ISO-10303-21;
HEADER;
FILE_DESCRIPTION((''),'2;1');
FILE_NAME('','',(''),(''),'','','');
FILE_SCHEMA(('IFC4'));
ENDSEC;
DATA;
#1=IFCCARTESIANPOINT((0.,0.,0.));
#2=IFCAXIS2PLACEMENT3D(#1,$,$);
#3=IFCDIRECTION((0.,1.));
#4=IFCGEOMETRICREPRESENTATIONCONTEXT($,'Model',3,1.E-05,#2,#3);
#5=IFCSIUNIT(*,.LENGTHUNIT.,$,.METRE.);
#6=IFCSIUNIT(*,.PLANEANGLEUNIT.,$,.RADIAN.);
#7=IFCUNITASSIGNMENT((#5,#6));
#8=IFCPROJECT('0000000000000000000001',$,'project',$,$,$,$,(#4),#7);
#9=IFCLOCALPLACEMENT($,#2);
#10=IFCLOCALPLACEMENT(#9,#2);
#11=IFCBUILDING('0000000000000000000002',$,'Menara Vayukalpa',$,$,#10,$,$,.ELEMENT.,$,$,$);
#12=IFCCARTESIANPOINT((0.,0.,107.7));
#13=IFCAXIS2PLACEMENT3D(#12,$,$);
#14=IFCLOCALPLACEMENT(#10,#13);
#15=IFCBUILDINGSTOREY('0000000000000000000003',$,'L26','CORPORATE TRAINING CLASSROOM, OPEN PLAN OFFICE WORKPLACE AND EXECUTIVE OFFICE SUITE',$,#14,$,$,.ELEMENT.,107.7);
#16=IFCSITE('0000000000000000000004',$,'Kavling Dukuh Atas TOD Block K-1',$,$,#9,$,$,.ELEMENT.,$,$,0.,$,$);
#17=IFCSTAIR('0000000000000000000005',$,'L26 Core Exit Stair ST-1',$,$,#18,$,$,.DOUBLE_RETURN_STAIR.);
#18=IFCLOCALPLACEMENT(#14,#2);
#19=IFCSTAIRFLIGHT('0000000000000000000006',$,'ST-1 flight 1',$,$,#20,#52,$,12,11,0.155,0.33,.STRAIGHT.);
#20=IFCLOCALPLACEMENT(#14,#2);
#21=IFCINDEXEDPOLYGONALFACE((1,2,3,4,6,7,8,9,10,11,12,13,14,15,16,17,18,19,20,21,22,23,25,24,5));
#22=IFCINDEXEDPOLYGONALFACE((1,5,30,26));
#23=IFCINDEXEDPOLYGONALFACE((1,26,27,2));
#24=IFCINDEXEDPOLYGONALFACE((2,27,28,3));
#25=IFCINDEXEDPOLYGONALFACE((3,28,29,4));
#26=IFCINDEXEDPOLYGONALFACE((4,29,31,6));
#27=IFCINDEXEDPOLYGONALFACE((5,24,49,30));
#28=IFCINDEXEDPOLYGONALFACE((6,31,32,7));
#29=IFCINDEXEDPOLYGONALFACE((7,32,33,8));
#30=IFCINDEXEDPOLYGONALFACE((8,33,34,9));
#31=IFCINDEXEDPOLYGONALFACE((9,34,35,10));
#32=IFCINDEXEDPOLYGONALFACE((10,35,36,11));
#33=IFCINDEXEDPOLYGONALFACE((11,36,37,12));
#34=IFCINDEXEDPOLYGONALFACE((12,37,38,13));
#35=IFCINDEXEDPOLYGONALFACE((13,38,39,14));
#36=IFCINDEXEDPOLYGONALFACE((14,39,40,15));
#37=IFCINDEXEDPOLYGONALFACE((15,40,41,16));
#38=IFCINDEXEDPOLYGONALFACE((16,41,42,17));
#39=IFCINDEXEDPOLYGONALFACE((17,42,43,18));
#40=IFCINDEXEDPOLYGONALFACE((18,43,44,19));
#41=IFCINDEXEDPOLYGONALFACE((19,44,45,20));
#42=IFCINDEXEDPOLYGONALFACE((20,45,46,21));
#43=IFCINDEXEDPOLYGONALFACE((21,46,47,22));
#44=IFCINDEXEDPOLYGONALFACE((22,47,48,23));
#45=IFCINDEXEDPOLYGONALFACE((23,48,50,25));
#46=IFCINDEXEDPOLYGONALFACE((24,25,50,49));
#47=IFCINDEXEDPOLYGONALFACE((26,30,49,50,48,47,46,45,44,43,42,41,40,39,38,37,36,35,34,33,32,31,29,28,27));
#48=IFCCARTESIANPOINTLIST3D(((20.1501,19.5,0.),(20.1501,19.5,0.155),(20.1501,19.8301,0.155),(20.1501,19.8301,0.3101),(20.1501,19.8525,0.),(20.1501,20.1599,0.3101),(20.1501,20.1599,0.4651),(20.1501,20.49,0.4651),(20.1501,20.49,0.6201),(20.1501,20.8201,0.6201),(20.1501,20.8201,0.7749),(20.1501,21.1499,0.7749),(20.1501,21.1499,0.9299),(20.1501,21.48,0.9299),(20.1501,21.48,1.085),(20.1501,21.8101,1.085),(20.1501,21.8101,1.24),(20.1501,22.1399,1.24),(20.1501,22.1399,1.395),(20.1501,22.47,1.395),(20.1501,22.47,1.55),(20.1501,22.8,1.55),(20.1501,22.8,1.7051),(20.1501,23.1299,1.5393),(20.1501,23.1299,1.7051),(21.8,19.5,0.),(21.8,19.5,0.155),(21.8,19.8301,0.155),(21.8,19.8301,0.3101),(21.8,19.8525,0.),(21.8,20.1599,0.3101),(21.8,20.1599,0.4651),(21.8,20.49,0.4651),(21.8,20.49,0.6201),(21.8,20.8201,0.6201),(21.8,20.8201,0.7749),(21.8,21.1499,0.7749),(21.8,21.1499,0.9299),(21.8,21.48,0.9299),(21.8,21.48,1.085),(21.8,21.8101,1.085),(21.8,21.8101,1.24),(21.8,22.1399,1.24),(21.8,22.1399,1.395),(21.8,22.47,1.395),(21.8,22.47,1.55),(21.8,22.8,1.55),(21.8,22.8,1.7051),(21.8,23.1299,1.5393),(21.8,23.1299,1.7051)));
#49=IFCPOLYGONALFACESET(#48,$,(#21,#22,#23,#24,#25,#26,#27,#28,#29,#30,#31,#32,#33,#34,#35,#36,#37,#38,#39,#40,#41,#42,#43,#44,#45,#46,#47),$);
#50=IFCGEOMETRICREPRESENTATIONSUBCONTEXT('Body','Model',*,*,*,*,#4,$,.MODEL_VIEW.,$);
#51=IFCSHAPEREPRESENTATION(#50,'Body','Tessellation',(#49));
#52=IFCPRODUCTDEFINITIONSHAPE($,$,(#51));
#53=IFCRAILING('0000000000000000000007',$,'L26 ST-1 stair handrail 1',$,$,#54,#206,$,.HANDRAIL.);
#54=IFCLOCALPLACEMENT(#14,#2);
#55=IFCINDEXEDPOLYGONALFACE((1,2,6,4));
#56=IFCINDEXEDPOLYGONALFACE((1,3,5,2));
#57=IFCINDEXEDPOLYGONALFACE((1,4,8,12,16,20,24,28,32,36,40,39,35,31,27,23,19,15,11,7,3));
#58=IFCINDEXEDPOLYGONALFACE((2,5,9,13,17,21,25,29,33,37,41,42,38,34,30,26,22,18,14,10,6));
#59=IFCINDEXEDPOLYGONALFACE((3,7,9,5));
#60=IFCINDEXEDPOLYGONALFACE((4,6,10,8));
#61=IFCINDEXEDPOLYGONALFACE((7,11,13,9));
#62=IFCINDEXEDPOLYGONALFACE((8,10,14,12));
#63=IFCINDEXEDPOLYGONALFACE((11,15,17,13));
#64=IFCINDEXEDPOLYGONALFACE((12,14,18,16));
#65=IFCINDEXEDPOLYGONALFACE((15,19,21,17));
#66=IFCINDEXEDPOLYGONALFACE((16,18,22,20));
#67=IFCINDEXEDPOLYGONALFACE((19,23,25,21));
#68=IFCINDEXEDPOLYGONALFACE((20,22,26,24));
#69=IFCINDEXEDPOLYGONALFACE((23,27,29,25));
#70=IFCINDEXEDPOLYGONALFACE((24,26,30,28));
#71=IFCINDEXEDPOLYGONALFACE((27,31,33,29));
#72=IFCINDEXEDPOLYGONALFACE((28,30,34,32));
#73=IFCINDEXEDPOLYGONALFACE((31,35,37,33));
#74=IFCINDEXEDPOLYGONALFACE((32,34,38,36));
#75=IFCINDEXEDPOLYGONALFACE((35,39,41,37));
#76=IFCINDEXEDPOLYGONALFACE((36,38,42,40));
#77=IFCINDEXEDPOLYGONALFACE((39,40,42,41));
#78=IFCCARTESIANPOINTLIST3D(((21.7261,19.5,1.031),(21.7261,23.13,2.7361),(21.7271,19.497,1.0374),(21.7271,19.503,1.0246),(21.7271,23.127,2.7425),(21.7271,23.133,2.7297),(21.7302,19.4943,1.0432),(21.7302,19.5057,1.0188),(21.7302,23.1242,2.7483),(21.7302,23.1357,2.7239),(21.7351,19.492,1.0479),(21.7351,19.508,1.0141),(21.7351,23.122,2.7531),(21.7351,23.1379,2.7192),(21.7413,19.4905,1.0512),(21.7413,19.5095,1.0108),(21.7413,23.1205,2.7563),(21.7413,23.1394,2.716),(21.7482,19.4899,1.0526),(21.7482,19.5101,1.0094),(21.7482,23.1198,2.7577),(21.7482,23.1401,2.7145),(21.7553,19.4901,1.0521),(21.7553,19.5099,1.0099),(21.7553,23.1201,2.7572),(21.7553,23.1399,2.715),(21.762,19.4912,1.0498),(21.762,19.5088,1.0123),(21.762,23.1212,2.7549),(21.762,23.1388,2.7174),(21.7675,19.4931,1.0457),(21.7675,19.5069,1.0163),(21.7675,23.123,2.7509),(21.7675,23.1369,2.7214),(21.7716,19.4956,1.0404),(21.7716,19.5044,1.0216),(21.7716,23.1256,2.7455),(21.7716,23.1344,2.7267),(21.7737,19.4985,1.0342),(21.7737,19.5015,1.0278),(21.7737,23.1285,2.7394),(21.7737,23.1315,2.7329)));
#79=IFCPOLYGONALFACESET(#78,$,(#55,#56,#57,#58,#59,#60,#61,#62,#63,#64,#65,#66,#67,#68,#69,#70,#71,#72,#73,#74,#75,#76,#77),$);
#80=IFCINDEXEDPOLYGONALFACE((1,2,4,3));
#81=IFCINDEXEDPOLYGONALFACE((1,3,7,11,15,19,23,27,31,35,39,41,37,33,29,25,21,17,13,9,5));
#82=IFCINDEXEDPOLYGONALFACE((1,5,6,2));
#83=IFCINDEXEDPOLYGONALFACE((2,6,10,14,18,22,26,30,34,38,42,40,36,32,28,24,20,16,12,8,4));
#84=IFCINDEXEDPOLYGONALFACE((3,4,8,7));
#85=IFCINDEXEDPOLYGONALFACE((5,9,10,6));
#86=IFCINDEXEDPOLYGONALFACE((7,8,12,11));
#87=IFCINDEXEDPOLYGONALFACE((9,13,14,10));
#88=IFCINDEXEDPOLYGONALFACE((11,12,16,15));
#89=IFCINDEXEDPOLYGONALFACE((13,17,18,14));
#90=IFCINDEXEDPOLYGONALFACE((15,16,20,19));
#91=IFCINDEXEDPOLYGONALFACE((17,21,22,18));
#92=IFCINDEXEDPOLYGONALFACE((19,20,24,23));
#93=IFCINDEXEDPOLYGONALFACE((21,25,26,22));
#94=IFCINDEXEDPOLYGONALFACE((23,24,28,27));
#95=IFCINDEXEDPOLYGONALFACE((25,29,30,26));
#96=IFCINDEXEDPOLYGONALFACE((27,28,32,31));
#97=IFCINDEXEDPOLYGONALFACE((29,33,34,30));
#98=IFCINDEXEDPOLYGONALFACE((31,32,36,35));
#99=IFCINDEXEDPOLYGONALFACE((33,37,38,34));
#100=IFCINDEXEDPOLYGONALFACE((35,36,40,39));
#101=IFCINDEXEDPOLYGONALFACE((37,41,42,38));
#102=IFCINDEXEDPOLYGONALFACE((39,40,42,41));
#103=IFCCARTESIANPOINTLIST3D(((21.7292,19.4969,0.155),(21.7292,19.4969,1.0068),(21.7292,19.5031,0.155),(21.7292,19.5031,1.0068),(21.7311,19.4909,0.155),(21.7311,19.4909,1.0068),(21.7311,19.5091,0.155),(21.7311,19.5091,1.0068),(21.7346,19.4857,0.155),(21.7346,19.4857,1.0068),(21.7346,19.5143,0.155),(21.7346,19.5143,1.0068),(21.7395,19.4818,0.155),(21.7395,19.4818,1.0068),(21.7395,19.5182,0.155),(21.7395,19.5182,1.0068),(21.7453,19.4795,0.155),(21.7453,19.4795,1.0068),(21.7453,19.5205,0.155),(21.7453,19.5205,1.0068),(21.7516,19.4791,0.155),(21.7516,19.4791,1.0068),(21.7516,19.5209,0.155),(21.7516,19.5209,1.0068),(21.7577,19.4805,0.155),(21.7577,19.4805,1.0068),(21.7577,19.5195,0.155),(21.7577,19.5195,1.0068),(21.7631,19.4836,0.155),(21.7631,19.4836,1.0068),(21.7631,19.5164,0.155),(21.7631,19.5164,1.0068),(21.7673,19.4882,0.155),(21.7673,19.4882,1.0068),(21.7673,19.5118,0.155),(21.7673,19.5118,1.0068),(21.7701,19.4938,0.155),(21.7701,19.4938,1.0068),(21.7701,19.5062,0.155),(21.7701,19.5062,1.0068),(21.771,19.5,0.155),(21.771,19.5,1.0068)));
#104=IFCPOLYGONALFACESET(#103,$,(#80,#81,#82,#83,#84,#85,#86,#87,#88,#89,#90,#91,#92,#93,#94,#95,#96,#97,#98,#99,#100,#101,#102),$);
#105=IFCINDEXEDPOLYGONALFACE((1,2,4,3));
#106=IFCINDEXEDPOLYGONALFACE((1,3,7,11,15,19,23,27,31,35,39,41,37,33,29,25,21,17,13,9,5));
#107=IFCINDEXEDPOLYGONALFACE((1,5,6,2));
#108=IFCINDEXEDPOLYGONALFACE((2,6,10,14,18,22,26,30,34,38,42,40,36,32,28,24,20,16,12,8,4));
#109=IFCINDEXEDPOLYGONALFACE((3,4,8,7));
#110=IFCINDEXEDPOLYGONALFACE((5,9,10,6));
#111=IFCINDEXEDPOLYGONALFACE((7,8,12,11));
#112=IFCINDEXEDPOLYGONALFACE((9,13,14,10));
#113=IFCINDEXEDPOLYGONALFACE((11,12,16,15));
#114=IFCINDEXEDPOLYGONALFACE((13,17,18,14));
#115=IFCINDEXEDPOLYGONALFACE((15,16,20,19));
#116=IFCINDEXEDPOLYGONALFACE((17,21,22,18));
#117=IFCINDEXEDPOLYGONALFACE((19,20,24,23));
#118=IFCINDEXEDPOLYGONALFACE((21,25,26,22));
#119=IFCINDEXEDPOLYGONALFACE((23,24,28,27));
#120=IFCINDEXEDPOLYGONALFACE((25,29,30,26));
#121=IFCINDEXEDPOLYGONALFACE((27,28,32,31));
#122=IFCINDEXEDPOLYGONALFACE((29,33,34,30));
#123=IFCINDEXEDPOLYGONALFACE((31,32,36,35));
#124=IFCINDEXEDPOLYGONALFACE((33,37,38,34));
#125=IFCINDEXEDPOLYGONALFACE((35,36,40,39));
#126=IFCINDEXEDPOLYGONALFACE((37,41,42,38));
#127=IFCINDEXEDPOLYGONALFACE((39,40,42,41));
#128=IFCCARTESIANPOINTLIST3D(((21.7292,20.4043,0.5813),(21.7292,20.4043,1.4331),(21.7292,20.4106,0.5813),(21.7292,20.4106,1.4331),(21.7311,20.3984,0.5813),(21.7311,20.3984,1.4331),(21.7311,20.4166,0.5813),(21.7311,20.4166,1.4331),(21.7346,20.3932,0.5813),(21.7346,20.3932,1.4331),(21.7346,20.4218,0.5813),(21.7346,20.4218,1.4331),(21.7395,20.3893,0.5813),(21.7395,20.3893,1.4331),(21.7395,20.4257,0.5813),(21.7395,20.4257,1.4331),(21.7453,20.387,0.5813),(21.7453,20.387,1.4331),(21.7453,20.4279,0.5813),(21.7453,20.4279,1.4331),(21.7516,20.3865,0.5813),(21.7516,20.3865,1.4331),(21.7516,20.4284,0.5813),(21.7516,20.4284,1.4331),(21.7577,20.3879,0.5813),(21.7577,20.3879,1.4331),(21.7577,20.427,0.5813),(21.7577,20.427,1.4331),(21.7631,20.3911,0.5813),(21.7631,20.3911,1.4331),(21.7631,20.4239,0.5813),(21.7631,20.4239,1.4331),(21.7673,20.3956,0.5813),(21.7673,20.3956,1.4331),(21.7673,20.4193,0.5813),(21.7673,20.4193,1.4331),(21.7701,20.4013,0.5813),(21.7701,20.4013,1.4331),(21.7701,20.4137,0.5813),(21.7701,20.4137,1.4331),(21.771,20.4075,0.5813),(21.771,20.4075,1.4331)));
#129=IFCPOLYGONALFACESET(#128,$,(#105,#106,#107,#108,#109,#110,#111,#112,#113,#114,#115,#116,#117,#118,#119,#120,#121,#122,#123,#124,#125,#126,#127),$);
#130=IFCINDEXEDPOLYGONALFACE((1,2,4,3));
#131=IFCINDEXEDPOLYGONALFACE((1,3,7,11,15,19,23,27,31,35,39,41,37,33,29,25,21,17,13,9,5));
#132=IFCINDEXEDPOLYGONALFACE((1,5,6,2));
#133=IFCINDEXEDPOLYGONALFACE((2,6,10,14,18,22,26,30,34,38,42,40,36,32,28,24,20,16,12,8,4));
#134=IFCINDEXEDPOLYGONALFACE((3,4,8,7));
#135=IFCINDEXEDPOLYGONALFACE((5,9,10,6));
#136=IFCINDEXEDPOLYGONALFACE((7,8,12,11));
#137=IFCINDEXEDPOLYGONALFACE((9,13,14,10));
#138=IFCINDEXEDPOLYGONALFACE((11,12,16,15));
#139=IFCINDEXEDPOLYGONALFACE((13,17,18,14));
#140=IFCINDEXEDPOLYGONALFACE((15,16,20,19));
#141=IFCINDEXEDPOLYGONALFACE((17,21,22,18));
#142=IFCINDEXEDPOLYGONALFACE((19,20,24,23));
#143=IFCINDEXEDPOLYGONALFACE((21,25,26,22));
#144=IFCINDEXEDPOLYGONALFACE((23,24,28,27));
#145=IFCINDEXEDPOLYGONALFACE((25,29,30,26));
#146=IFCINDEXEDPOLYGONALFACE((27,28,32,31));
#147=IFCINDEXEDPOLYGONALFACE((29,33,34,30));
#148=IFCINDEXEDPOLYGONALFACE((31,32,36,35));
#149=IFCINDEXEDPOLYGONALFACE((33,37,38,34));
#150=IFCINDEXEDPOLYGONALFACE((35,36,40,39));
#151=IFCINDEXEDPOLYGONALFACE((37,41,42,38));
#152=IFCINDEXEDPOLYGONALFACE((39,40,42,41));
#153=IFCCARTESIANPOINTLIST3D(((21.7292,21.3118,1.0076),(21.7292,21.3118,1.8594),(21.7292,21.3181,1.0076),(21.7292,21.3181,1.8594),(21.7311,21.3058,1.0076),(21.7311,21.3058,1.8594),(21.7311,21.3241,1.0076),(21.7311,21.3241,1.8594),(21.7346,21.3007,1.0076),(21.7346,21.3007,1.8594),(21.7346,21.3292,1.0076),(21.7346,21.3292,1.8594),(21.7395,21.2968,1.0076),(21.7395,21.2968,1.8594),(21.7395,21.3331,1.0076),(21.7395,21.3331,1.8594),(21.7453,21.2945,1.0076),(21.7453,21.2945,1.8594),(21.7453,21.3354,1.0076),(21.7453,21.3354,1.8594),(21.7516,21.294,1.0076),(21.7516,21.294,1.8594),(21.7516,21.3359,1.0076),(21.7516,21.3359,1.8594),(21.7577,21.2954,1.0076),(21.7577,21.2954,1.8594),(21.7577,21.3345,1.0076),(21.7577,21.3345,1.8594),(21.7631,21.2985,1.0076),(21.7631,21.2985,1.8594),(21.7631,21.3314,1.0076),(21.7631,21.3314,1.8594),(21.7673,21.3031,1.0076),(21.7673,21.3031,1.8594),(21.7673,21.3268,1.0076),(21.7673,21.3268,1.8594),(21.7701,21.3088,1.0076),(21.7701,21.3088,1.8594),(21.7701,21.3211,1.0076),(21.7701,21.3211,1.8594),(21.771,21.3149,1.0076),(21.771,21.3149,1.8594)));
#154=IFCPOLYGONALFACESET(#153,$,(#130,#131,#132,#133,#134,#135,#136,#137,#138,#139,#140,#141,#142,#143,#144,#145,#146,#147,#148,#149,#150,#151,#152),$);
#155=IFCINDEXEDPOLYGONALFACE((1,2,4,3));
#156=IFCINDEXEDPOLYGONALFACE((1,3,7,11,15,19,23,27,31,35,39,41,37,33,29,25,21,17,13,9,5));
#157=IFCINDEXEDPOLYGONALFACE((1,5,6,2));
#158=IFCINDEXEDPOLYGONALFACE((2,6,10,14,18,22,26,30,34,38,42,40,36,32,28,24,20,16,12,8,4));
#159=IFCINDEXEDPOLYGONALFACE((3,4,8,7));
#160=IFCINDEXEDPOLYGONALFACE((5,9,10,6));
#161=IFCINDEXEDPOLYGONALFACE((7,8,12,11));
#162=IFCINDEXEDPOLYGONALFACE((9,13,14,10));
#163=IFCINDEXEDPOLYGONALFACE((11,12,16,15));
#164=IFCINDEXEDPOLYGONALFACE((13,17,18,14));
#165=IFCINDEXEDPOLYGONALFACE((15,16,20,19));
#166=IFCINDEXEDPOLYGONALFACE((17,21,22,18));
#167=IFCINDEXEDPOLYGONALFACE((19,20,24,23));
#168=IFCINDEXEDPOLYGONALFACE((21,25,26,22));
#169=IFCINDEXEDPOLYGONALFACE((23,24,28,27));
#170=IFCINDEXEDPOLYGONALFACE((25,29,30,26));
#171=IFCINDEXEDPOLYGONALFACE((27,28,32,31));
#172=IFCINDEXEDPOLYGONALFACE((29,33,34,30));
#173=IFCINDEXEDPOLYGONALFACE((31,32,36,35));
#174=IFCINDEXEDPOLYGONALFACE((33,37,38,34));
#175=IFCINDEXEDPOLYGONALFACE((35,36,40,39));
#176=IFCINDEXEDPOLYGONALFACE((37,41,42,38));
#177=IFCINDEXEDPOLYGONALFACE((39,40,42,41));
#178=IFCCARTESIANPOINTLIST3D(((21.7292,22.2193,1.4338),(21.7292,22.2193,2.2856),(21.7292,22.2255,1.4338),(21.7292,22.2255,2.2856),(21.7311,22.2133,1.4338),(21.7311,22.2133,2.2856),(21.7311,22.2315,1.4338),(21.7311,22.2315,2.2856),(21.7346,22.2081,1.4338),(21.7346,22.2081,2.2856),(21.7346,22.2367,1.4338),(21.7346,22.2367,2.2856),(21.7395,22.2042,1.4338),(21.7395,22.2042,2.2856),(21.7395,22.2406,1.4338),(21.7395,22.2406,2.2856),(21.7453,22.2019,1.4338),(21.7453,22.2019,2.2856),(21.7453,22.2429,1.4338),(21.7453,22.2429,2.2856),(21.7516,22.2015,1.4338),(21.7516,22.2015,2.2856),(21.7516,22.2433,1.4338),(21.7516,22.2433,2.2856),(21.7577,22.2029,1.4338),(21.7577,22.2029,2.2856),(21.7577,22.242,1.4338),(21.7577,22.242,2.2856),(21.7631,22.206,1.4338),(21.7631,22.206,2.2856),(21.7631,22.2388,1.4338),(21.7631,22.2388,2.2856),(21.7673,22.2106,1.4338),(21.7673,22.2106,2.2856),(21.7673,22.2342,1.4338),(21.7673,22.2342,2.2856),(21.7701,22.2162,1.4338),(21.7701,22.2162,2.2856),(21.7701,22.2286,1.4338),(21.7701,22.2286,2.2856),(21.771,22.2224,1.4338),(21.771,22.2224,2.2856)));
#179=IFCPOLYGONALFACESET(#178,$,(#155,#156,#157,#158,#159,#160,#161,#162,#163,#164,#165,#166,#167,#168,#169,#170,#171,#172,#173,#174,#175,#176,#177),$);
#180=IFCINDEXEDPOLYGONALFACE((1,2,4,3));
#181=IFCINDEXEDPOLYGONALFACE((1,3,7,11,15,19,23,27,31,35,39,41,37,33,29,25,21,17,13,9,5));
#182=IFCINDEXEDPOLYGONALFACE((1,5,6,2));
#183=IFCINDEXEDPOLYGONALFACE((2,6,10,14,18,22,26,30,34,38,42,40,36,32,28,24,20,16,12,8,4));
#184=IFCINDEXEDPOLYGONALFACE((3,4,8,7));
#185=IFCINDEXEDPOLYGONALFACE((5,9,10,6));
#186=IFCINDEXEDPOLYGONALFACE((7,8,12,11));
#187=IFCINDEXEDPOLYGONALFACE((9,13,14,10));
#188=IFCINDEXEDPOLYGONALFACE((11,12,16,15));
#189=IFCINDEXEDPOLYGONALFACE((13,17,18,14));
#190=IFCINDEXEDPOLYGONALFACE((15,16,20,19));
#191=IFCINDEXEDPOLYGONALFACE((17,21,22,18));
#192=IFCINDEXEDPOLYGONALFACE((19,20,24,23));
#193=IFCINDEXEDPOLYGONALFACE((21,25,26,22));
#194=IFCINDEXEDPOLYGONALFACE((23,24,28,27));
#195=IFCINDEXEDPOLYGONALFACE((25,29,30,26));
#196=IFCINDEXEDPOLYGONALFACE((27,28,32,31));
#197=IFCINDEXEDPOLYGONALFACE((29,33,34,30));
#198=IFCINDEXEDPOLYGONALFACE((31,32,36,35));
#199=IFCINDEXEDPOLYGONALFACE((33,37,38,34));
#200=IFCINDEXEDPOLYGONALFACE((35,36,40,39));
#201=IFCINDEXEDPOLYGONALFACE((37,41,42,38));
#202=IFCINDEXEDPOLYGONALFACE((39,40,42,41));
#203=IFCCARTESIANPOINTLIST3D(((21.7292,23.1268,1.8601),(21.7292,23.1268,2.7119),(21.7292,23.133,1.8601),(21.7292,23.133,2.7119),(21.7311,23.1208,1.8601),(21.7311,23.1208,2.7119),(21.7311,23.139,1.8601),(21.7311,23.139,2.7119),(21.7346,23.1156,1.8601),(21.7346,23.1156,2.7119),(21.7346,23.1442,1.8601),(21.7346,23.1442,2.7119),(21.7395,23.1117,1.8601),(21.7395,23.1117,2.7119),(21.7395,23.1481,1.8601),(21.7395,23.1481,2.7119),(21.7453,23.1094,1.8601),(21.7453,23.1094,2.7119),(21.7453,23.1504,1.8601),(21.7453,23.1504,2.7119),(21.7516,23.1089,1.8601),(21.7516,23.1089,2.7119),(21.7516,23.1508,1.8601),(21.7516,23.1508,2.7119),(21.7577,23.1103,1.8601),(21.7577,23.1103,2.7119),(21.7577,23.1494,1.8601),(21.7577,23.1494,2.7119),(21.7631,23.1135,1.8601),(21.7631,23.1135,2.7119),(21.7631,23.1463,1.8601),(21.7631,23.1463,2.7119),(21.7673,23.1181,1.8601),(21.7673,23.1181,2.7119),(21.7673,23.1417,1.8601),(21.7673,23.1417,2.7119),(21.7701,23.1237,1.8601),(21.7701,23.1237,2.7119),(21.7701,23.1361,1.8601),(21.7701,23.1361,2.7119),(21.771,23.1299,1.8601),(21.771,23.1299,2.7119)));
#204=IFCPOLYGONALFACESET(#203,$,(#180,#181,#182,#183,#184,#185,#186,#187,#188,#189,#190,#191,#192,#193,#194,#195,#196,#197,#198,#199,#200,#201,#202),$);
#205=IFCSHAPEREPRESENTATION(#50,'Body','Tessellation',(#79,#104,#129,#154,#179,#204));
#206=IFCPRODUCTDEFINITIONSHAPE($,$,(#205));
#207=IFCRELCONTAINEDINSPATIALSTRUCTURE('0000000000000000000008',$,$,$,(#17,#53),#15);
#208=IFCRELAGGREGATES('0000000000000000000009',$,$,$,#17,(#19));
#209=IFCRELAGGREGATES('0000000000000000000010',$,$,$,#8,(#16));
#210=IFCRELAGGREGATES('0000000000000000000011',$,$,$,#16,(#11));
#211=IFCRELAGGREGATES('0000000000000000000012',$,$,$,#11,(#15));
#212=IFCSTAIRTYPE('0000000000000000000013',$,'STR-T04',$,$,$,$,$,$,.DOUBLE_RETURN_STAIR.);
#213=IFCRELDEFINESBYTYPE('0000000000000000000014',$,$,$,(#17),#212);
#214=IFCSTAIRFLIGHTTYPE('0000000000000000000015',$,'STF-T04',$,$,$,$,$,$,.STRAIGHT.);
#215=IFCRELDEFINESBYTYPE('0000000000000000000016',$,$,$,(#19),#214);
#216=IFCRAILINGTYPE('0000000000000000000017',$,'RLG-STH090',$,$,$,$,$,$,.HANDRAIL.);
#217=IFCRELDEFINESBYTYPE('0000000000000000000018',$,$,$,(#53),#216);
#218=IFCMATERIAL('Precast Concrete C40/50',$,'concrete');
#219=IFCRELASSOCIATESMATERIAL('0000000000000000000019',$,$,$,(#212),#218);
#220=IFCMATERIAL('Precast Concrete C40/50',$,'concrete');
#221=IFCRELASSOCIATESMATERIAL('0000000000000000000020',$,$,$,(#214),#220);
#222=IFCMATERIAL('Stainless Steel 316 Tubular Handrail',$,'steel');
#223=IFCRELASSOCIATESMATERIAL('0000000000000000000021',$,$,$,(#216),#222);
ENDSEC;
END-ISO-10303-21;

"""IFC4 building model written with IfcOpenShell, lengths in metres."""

from ifc_helpers import new_model, si_unit, direction, frame, origin, origin_2d, place, context, subcontext, project, spatial, polyline, circle, outline, extrude, material, type_object, element, aggregate, save


model = new_model("IFC4")

# Units and contexts
model_context = context("Model", 3, precision=1e-05, world=origin(), true_north=direction((0.0, 1.0)))
body_context = subcontext(model_context, "Body", "Model", "MODEL_VIEW")
ifc_project = project(units=[si_unit("LENGTHUNIT", "METRE"), si_unit("PLANEANGLEUNIT", "RADIAN")], contexts=[model_context])

# Site, building, storey
site_placement = place(None, origin())
site = spatial("IfcSite", under=ifc_project, at=site_placement, Name="Kavling Dukuh Atas TOD Block K-1", CompositionType="ELEMENT", RefElevation=0.0)
building_placement = place(site_placement, origin())
building = spatial("IfcBuilding", under=site, at=building_placement, Name="Menara Vayukalpa", CompositionType="ELEMENT")
storey_placement = place(building_placement, frame((0.0, 0.0, 107.7)))
storey = spatial("IfcBuildingStorey", under=building, at=storey_placement, Name="L26", Description="CORPORATE TRAINING CLASSROOM, OPEN PLAN OFFICE WORKPLACE AND EXECUTIVE OFFICE SUITE", CompositionType="ELEMENT", Elevation=107.7)

# Stair, stair flight
ifc_material_1 = material(Name="Precast Concrete C40/50", Category="concrete")
stair_type = type_object("IfcStairType", Name="STR-T04", PredefinedType="DOUBLE_RETURN_STAIR", material=ifc_material_1)
stair_placement = place(storey_placement, origin())
stair = element("IfcStair", 1, at=stair_placement, inside=storey, type_object=stair_type, Name="L26 Core Exit Stair ST-1", PredefinedType="DOUBLE_RETURN_STAIR")
ifc_material_2 = material(Name="Precast Concrete C40/50", Category="concrete")
stair_flight_type = type_object("IfcStairFlightType", Name="STF-T04", PredefinedType="STRAIGHT", material=ifc_material_2)
stair_flight_placement = place(storey_placement, frame((20.9751, 19.5, 0.0), z_axis=(0.0, 0.0, 1.0), x_axis=(0.0, 1.0, 0.0)))
stair_flight = element("IfcStairFlight", 2, at=stair_flight_placement, type_object=stair_flight_type, Name="ST-1 flight 1", NumberOfRisers=12, NumberOfTreads=11, PredefinedType="STRAIGHT", RiserHeight=0.155, TreadLength=0.33, context=body_context, shape_type="SweptSolid", body=[
    extrude(outline(polyline([(0.0, 0.0), (0.0, 0.155), (0.3301, 0.155), (0.3301, 0.3101), (0.6599, 0.3101), (0.6599, 0.4651), (0.99, 0.4651), (0.99, 0.6201), (1.3201, 0.6201), (1.3201, 0.7749), (1.6499, 0.7749), (1.6499, 0.9299), (1.98, 0.9299), (1.98, 1.085), (2.3101, 1.085), (2.3101, 1.24), (2.6399, 1.24), (2.6399, 1.395), (2.97, 1.395), (2.97, 1.55), (3.3, 1.55), (3.3, 1.7051), (3.6299, 1.7051), (3.6299, 1.8601), (3.6299, 1.5393), (0.3525, 0.0), (0.0, 0.0)])), frame((0.0, 0.825, 0.0), z_axis=(0.0, -1.0, 0.0), x_axis=(1.0, 0.0, 0.0)), (0.0, 0.0, 1.0), 1.6499),
])
aggregate(stair, [stair_flight])

# Railing
ifc_material_3 = material(Name="Stainless Steel 316 Tubular Handrail", Category="steel")
railing_type = type_object("IfcRailingType", Name="RLG-STH090", PredefinedType="HANDRAIL", material=ifc_material_3)
railing_placement = place(storey_placement, frame((21.75, 19.5, 0.155)))
element("IfcRailing", 3, at=railing_placement, inside=storey, type_object=railing_type, Name="L26 ST-1 stair handrail 1", PredefinedType="HANDRAIL", context=body_context, shape_type="SweptSolid", body=[
    extrude(circle(Radius=0.0239, at=origin_2d()), frame((0.0, 0.0, 0.876), z_axis=(0.0, 0.905116, 0.425164), x_axis=(-1.0, 0.0, 0.0)), (0.0, 0.0, 1.0), 4.0105),
    extrude(circle(Radius=0.021, at=origin_2d()), origin(), (0.0, 0.0, 1.0), 0.8518),
    extrude(circle(Radius=0.021, at=origin_2d()), frame((0.0, 0.9075, 0.4263)), (0.0, 0.0, 1.0), 0.8518),
    extrude(circle(Radius=0.021, at=origin_2d()), frame((0.0, 1.8149, 0.8525)), (0.0, 0.0, 1.0), 0.8518),
    extrude(circle(Radius=0.021, at=origin_2d()), frame((0.0, 2.7224, 1.2788)), (0.0, 0.0, 1.0), 0.8518),
    extrude(circle(Radius=0.021, at=origin_2d()), frame((0.0, 3.6299, 1.7051)), (0.0, 0.0, 1.0), 0.8518),
])

save(model, "model.ifc")
